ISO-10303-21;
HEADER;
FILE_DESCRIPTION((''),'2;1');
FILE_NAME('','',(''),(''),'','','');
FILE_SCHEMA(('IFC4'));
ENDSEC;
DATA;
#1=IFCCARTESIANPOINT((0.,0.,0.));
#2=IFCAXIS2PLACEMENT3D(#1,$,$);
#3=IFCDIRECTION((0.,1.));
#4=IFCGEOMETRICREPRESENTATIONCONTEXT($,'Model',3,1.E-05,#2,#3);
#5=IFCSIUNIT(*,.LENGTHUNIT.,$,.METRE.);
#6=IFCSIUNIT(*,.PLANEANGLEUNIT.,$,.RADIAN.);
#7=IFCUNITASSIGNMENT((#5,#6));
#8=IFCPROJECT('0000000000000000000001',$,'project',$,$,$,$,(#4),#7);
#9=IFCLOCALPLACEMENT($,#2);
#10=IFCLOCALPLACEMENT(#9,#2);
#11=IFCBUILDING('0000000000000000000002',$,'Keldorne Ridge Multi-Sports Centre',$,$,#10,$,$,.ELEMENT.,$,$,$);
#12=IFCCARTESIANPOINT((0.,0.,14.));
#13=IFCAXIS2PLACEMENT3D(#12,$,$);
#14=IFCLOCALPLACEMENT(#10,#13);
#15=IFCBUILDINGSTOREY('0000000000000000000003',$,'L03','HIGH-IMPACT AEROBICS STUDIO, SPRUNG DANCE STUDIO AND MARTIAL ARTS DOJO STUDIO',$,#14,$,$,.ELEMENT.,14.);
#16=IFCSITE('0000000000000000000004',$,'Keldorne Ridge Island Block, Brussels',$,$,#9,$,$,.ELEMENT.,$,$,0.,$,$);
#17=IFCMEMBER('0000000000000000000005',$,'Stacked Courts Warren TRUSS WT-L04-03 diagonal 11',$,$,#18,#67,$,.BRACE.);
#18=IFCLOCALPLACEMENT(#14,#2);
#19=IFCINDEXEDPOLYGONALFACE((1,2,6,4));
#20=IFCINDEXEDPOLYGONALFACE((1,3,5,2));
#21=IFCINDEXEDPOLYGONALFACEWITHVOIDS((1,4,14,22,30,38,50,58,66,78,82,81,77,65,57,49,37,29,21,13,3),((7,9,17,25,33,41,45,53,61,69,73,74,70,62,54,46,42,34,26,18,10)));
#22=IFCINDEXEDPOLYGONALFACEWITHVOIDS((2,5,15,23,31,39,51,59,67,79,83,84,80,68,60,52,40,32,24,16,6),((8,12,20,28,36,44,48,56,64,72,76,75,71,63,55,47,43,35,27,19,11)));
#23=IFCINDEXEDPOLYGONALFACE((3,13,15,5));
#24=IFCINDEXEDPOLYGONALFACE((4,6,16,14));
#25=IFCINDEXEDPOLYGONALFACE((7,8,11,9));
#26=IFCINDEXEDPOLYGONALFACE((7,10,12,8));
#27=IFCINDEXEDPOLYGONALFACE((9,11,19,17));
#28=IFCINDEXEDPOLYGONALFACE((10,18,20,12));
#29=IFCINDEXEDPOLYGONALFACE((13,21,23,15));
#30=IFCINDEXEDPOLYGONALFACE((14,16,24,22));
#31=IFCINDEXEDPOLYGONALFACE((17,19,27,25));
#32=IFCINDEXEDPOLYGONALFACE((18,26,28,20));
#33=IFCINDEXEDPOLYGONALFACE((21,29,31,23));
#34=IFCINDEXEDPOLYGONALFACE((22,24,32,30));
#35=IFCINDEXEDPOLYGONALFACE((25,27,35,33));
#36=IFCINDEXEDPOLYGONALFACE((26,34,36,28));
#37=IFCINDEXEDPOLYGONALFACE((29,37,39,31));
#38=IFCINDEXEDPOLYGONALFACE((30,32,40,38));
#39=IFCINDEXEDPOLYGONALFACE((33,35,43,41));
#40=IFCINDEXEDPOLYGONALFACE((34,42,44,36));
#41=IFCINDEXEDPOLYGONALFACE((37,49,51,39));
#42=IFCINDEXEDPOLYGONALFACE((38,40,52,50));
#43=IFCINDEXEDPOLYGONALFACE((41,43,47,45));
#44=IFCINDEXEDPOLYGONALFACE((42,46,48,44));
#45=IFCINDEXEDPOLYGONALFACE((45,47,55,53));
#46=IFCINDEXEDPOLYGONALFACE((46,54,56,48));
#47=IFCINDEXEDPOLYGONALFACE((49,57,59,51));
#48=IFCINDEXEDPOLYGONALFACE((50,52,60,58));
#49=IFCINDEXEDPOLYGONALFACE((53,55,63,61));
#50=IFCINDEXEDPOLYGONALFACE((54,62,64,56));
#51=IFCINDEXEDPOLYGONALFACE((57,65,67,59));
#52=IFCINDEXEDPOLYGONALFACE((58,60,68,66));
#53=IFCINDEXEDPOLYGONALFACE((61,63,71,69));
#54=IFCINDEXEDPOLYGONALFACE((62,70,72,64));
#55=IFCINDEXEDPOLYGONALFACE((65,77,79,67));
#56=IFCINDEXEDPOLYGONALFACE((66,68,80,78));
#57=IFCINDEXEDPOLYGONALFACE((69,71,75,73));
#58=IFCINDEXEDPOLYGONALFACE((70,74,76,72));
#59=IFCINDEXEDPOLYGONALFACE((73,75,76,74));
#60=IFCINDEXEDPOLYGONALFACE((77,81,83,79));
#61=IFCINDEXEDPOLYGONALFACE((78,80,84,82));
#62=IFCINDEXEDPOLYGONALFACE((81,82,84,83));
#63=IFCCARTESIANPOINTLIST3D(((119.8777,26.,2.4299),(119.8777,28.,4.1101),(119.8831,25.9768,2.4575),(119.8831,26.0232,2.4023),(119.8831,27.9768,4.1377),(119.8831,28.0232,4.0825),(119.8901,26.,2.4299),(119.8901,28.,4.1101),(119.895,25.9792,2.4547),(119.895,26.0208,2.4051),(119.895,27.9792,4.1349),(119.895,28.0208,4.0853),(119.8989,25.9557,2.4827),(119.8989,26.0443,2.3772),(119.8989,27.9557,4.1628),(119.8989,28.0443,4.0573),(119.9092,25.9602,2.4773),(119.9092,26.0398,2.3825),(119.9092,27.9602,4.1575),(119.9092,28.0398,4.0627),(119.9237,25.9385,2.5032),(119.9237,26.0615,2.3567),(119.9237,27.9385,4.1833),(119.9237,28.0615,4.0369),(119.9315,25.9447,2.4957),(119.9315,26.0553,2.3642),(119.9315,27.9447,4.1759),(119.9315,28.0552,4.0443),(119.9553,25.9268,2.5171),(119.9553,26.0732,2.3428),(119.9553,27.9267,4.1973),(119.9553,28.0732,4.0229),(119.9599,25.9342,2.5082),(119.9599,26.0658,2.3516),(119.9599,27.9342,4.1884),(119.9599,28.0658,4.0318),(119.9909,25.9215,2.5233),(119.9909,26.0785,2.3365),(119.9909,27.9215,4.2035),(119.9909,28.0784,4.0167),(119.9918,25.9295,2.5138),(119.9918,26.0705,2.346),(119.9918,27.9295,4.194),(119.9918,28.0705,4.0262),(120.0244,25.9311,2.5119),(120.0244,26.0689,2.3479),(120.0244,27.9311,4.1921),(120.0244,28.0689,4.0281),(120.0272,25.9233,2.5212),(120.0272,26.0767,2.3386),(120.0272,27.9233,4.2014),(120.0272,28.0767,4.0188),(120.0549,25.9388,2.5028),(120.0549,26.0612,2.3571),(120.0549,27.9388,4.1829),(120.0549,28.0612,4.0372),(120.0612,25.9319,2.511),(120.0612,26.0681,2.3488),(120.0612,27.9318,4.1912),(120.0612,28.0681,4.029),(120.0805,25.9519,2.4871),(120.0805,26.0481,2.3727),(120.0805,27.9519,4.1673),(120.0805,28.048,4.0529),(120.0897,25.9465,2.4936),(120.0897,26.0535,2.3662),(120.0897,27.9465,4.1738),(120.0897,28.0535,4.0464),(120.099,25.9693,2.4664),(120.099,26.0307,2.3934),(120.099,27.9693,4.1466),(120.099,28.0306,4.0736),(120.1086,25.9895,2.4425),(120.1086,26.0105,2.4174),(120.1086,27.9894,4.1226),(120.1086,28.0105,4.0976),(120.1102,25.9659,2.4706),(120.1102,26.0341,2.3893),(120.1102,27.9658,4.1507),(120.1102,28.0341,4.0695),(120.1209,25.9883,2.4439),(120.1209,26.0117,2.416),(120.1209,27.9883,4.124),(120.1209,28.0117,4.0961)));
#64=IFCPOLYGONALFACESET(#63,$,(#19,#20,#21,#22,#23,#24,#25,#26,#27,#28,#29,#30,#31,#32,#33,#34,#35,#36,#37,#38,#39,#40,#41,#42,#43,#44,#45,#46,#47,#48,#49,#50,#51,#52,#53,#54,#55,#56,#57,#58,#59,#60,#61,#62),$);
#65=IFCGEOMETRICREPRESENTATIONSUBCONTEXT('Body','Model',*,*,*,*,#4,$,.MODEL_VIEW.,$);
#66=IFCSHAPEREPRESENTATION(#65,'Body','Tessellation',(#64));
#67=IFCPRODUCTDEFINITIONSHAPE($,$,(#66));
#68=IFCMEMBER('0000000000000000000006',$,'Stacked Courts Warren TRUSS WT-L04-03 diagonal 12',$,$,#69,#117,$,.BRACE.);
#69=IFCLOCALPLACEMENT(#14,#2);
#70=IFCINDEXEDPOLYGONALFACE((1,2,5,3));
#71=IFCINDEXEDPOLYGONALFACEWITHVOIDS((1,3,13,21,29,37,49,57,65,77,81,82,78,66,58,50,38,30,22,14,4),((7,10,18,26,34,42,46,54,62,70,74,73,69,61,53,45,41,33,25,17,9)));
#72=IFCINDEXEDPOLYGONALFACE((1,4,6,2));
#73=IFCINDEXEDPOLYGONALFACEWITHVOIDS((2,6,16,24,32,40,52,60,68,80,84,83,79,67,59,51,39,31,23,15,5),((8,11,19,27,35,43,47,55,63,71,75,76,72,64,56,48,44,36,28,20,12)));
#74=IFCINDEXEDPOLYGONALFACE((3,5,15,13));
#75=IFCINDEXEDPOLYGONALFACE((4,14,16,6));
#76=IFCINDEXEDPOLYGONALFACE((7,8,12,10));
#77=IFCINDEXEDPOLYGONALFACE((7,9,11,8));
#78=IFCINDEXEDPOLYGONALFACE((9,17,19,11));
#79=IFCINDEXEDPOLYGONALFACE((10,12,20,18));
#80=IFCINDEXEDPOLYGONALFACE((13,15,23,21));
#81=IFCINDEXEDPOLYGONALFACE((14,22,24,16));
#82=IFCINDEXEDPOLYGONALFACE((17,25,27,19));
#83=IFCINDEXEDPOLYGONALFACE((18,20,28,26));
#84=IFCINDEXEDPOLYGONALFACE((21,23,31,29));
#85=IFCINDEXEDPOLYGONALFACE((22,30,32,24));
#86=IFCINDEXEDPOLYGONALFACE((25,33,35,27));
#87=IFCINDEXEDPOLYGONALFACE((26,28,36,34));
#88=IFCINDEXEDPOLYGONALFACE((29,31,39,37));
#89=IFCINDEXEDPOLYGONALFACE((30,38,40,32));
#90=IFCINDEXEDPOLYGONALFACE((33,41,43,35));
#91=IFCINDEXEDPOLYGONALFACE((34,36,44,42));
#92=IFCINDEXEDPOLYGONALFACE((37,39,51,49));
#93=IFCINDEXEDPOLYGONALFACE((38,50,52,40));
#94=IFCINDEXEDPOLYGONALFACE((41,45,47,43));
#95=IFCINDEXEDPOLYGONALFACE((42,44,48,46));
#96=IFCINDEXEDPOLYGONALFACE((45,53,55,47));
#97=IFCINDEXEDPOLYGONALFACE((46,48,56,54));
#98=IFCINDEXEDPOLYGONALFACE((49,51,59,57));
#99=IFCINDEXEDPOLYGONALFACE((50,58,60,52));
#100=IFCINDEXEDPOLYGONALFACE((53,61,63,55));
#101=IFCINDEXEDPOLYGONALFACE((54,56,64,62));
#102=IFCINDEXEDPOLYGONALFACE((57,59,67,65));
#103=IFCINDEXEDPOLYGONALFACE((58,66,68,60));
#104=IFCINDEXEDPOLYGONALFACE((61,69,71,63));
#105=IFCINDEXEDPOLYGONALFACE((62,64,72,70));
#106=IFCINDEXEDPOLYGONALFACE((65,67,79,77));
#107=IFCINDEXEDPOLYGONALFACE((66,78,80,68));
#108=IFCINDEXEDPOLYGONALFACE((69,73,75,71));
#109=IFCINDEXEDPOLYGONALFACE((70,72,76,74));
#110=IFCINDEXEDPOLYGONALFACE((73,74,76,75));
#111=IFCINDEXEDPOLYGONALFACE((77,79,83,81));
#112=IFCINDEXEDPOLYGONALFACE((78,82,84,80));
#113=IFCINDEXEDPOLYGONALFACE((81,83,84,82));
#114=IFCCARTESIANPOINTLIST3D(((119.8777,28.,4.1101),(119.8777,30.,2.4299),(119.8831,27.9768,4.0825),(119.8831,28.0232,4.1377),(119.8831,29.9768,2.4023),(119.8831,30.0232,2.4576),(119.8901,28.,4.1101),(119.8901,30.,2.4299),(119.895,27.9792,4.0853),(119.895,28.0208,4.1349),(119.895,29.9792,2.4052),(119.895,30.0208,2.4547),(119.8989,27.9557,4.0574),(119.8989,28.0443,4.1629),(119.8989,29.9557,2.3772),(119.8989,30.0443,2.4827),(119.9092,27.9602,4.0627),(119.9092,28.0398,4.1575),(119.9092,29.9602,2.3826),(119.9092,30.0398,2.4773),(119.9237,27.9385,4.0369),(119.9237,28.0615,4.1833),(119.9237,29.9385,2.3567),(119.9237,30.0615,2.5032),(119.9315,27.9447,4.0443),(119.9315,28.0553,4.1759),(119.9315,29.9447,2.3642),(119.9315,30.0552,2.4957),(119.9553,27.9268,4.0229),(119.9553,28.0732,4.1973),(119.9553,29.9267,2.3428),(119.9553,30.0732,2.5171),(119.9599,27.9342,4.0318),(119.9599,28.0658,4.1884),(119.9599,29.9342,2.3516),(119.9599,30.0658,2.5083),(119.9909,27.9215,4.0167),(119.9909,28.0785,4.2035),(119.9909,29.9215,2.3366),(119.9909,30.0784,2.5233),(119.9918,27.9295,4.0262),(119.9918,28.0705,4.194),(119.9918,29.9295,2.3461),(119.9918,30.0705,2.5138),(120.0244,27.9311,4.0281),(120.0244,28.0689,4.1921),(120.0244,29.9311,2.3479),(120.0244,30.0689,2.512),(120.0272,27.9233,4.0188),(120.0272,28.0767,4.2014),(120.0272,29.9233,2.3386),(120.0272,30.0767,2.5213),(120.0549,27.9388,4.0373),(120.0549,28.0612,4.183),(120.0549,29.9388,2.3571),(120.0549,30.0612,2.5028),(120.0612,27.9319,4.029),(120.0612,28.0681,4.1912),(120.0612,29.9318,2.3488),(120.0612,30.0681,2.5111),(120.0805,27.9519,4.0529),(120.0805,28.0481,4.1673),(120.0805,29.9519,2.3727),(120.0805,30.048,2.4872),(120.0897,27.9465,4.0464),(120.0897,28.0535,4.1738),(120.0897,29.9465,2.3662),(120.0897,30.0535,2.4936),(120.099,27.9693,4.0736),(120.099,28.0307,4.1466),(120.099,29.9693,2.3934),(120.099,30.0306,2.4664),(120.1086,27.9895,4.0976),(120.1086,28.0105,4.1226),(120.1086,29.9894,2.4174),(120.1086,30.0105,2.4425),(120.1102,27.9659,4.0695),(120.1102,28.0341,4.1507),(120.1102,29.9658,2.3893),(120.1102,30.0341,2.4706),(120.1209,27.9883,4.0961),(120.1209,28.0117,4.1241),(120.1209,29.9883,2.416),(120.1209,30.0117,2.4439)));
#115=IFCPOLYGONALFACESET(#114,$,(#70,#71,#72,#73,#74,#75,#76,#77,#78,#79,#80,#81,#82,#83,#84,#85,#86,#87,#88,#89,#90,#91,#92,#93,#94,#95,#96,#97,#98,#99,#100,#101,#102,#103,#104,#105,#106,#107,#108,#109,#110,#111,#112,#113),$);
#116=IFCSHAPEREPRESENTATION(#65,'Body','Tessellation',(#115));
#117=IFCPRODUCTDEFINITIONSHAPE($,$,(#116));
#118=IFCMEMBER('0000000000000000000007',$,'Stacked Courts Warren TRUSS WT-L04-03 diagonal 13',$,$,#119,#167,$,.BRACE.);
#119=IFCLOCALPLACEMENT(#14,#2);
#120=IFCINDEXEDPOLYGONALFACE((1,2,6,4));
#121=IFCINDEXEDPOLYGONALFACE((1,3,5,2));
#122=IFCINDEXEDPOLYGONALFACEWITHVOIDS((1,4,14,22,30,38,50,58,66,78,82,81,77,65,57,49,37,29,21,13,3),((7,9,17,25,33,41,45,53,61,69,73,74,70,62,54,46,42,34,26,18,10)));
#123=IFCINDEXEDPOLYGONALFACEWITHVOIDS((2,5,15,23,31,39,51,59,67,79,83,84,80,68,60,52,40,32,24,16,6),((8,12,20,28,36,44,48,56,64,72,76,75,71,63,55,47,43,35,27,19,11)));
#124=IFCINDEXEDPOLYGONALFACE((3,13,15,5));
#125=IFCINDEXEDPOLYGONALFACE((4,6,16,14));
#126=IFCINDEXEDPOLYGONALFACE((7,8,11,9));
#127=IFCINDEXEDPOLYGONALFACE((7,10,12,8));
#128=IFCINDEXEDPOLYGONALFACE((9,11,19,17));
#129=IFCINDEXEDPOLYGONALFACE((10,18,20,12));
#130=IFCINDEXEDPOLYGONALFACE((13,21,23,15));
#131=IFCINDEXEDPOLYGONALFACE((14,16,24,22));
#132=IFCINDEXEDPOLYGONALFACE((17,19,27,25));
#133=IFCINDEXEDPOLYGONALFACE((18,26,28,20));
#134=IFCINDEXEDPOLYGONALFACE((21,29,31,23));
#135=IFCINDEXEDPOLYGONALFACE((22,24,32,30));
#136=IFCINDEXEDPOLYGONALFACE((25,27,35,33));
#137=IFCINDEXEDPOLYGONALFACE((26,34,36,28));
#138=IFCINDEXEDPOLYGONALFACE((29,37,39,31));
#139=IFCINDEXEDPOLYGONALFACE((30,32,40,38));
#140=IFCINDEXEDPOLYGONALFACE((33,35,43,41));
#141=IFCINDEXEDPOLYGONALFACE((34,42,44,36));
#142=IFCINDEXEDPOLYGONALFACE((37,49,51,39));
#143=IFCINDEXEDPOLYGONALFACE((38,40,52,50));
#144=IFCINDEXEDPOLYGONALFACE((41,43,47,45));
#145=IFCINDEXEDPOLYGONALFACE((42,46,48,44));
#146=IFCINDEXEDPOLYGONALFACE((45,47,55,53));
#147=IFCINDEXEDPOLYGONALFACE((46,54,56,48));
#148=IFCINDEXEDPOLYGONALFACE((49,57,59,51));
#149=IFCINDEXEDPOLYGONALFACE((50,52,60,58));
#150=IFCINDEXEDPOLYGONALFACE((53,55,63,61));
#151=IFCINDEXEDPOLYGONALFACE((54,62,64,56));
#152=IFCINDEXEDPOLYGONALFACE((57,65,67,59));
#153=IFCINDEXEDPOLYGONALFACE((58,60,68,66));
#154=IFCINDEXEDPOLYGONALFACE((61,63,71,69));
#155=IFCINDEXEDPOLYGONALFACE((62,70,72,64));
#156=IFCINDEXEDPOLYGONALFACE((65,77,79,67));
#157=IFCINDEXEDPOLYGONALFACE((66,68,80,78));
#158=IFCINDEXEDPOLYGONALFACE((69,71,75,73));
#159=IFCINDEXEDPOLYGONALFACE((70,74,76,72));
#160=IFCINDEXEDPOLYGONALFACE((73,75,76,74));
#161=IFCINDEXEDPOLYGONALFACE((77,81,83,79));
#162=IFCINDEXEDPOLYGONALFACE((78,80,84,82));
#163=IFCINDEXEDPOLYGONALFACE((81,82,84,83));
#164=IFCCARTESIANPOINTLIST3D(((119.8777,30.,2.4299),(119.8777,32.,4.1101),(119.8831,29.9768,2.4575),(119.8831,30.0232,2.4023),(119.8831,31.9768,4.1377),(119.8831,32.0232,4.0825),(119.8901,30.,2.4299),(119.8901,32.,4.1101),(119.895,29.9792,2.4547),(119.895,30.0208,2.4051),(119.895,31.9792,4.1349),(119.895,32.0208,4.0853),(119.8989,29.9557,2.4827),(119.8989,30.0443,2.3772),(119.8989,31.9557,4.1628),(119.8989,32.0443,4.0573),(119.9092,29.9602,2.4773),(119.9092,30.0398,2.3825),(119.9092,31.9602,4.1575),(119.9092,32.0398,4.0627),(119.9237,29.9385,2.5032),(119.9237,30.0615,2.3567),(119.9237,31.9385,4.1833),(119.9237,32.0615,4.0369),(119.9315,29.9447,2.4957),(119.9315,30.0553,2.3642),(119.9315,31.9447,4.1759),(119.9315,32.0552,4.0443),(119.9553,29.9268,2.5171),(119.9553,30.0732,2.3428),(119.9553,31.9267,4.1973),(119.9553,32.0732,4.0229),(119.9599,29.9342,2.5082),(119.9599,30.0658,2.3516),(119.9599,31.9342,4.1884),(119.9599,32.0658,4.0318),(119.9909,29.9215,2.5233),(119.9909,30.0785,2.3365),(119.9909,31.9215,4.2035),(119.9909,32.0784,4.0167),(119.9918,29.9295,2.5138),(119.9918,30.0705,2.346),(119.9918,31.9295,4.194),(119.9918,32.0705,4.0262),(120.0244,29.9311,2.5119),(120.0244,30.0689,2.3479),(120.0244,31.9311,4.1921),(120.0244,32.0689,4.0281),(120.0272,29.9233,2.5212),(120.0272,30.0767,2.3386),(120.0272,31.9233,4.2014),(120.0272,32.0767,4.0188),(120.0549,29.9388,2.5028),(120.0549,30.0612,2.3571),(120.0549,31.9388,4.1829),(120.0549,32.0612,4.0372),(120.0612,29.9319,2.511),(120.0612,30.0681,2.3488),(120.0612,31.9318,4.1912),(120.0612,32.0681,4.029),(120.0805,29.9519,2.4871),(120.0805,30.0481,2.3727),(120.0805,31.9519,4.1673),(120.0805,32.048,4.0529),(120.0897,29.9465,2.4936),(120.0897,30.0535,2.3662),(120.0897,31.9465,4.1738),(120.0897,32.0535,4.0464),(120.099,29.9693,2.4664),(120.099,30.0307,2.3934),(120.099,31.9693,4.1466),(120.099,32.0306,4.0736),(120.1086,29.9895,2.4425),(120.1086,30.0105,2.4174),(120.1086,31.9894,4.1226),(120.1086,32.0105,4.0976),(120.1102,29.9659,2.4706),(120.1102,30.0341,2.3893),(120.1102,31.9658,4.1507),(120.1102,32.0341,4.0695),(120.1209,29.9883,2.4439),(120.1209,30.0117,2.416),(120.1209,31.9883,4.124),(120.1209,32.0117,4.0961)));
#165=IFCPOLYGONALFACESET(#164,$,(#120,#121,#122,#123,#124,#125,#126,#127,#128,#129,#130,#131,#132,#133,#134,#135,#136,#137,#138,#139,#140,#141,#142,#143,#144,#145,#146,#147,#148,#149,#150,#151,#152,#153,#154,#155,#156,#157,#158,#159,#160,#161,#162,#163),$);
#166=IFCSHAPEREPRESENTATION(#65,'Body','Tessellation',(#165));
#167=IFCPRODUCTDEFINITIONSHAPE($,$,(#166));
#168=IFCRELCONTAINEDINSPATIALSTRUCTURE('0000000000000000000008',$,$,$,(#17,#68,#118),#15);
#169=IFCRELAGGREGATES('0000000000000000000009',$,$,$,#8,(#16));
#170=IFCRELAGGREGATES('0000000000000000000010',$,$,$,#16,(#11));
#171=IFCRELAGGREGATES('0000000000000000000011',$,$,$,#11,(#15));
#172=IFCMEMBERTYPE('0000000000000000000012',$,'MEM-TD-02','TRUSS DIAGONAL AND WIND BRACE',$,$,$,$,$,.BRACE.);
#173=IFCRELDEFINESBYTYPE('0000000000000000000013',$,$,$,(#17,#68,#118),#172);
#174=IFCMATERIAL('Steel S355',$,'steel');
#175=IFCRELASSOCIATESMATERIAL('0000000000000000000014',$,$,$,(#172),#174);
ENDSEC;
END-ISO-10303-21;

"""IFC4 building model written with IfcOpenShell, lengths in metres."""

from ifc_helpers import new_model, si_unit, direction, frame, origin, origin_2d, place, context, subcontext, project, spatial, hollow_circle, extrude, material, material_profile, profile_set, type_object, element, save


model = new_model("IFC4")

# Units and contexts
model_context = context("Model", 3, precision=1e-05, world=origin(), true_north=direction((0.0, 1.0)))
body_context = subcontext(model_context, "Body", "Model", "MODEL_VIEW")
ifc_project = project(units=[si_unit("LENGTHUNIT", "METRE"), si_unit("PLANEANGLEUNIT", "RADIAN")], contexts=[model_context])

# Site, building, storey
site_placement = place(None, origin())
site = spatial("IfcSite", under=ifc_project, at=site_placement, Name="Keldorne Ridge Island Block, Brussels", CompositionType="ELEMENT", RefElevation=0.0)
building_placement = place(site_placement, origin())
building = spatial("IfcBuilding", under=site, at=building_placement, Name="Keldorne Ridge Multi-Sports Centre", CompositionType="ELEMENT")
storey_placement = place(building_placement, frame((0.0, 0.0, 14.0)))
storey = spatial("IfcBuildingStorey", under=building, at=storey_placement, Name="L03", Description="HIGH-IMPACT AEROBICS STUDIO, SPRUNG DANCE STUDIO AND MARTIAL ARTS DOJO STUDIO", CompositionType="ELEMENT", Elevation=14.0)

# Members
ifc_material = material(Name="Steel S355", Category="steel")
ifc_material_profile_1 = material_profile(ifc_material, hollow_circle(Radius=0.1223, WallThickness=0.0125, at=origin_2d()), Name="CHS 244.5x12.5")
ifc_profile_set_1 = profile_set([ifc_material_profile_1], Name="Steel S355")
member_type_1 = type_object("IfcMemberType", Name="MEM-TD-02", Description="TRUSS DIAGONAL AND WIND BRACE", PredefinedType="BRACE", material=ifc_profile_set_1)
for number, where, z_axis, x_axis, name in (
    (1, (120.0, 26.0, 2.4299), (0.0, 0.765672, 0.643232), (-1.0, 0.0, 0.0), "Stacked Courts Warren TRUSS WT-L04-03 diagonal 11"),
    (2, (120.0, 28.0, 4.1101), (0.0, 0.765672, -0.643232), (-1.0, 0.0, 0.0), "Stacked Courts Warren TRUSS WT-L04-03 diagonal 12"),
    (3, (120.0, 30.0, 2.4299), (0.0, 0.765672, 0.643232), (-1.0, 0.0, 0.0), "Stacked Courts Warren TRUSS WT-L04-03 diagonal 13"),
):
    element("IfcMember", number, at=place(storey_placement, frame(where, z_axis=z_axis, x_axis=x_axis)), inside=storey, type_object=member_type_1, Name=name, PredefinedType="BRACE", context=body_context, shape_type="SweptSolid", body=[
        extrude(hollow_circle(Radius=0.1223, WallThickness=0.0125, at=origin_2d()), origin(), (0.0, 0.0, 1.0), 2.6121),
    ])

save(model, "model.ifc")
